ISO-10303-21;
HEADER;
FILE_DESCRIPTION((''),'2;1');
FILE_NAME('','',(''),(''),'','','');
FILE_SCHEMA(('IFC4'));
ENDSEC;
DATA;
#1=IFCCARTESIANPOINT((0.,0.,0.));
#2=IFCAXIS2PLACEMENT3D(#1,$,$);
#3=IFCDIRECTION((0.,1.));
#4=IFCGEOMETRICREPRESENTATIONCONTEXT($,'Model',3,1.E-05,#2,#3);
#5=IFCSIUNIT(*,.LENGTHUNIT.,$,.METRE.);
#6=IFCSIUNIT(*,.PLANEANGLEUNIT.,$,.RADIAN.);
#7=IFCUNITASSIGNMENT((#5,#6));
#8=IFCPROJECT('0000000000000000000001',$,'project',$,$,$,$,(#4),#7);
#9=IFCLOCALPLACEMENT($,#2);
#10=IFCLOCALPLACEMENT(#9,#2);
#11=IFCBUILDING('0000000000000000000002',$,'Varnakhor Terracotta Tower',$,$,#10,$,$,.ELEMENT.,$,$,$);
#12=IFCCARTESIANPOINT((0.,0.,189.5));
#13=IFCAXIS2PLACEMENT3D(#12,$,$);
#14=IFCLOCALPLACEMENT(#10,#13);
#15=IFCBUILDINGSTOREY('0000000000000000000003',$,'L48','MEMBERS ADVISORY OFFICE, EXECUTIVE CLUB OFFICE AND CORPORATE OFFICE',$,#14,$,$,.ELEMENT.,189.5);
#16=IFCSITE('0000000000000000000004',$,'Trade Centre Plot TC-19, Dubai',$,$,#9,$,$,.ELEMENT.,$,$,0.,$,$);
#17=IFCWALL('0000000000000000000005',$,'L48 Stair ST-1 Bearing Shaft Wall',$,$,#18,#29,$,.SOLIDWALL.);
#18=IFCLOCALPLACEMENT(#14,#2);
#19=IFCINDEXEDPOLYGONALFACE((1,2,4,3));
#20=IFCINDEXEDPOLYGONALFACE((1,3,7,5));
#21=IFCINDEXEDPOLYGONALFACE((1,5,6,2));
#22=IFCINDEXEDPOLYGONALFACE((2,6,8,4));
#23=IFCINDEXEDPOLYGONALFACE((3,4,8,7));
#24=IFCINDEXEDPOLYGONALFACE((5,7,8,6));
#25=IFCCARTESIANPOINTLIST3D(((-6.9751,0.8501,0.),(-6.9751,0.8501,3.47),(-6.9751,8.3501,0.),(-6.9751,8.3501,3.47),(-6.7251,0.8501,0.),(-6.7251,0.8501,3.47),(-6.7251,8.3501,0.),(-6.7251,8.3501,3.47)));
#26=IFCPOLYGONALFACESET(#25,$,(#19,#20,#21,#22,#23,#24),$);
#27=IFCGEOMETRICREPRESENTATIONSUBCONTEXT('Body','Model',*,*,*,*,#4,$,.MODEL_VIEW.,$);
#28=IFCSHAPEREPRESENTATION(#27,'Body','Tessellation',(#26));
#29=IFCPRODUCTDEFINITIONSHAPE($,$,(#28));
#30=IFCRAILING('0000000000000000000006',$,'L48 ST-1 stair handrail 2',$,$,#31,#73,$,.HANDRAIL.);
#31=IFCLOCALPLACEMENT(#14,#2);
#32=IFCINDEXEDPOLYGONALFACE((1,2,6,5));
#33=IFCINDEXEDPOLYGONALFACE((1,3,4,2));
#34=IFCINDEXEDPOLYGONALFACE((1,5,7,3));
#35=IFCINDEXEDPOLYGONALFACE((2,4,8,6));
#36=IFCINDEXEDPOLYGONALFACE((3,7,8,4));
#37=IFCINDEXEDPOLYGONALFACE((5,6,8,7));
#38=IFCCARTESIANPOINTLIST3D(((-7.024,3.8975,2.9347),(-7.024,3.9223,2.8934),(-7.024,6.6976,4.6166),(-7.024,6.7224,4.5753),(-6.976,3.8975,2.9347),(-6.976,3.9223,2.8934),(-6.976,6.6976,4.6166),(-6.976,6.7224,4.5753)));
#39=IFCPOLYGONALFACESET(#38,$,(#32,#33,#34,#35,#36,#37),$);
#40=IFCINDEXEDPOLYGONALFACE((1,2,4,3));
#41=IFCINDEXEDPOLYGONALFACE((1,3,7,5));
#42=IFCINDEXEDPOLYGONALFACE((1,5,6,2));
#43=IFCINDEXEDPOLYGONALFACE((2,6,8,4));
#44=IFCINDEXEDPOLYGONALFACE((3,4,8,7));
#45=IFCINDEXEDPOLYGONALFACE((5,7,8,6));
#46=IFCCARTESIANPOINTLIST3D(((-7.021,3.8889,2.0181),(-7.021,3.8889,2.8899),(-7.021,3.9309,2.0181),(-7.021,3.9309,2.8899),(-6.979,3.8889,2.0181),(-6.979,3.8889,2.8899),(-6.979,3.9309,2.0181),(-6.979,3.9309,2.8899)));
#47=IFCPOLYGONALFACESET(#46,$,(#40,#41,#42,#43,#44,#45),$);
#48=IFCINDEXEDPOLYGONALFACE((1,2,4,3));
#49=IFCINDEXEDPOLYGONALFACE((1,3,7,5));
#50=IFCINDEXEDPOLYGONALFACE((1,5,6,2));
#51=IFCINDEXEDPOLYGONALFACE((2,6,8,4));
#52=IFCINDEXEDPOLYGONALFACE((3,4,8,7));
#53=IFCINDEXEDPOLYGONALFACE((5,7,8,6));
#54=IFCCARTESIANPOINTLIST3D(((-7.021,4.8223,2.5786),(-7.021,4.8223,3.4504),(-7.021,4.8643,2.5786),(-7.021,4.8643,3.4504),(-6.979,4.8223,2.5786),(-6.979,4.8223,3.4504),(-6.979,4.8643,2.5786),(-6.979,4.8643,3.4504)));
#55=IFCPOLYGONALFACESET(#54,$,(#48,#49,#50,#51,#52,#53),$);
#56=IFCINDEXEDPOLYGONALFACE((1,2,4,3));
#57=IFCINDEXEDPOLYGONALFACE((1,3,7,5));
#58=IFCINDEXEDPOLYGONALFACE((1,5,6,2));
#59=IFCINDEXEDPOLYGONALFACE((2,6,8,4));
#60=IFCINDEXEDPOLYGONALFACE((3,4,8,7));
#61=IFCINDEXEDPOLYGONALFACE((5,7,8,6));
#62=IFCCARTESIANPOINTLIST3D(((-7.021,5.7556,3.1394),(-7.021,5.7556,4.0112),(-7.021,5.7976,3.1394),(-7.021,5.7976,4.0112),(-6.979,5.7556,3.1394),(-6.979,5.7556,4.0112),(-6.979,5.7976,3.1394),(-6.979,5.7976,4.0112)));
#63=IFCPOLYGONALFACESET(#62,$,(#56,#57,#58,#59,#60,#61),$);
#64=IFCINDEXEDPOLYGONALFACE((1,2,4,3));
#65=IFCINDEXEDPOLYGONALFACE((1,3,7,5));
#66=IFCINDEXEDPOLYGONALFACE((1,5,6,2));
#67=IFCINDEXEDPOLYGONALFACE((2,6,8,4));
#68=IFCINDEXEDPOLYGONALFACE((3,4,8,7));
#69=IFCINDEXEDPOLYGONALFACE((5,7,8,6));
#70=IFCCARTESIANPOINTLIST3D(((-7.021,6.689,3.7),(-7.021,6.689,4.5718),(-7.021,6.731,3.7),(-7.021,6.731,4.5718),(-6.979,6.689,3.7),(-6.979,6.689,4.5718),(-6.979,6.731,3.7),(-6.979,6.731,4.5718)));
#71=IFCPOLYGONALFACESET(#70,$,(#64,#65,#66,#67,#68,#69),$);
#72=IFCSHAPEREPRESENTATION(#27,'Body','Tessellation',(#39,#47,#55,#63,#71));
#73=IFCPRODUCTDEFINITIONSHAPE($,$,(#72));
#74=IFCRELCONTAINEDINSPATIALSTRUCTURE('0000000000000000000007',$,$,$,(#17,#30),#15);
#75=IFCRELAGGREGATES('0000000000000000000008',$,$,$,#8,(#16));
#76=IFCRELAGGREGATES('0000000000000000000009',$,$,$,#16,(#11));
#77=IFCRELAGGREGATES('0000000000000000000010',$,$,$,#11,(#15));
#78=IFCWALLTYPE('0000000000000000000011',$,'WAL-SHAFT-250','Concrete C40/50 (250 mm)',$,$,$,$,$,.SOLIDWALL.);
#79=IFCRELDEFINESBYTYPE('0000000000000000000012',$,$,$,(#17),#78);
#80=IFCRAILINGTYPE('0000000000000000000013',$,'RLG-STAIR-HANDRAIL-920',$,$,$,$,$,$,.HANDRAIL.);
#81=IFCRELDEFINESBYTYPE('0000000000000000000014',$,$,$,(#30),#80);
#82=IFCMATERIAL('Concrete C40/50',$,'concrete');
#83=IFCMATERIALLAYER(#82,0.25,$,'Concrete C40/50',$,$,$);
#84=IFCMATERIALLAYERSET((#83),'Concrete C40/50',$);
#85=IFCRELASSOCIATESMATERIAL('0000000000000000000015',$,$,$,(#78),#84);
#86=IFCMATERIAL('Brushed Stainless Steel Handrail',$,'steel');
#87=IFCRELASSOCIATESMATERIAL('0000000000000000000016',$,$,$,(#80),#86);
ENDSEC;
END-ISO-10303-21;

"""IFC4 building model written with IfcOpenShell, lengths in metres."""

from ifc_helpers import new_model, si_unit, direction, frame, frame_2d, origin, origin_2d, place, context, subcontext, project, spatial, rectangle, extrude, material, layer, layer_set, type_object, element, save


model = new_model("IFC4")

# Units and contexts
model_context = context("Model", 3, precision=1e-05, world=origin(), true_north=direction((0.0, 1.0)))
body_context = subcontext(model_context, "Body", "Model", "MODEL_VIEW")
ifc_project = project(units=[si_unit("LENGTHUNIT", "METRE"), si_unit("PLANEANGLEUNIT", "RADIAN")], contexts=[model_context])

# Site, building, storey
site_placement = place(None, origin())
site = spatial("IfcSite", under=ifc_project, at=site_placement, Name="Trade Centre Plot TC-19, Dubai", CompositionType="ELEMENT", RefElevation=0.0)
building_placement = place(site_placement, origin())
building = spatial("IfcBuilding", under=site, at=building_placement, Name="Varnakhor Terracotta Tower", CompositionType="ELEMENT")
storey_placement = place(building_placement, frame((0.0, 0.0, 189.5)))
storey = spatial("IfcBuildingStorey", under=building, at=storey_placement, Name="L48", Description="MEMBERS ADVISORY OFFICE, EXECUTIVE CLUB OFFICE AND CORPORATE OFFICE", CompositionType="ELEMENT", Elevation=189.5)

# Shared definitions
ifc_material_1 = material(Name="Concrete C40/50", Category="concrete")

# Wall
ifc_layer_1 = layer(ifc_material_1, 0.25, Name="Concrete C40/50")
ifc_layer_set_1 = layer_set([ifc_layer_1], Name="Concrete C40/50")
wall_type_1 = type_object("IfcWallType", Name="WAL-SHAFT-250", Description="Concrete C40/50 (250 mm)", PredefinedType="SOLIDWALL", material=ifc_layer_set_1)
wall_1_placement = place(storey_placement, frame((-6.8501, 0.8501, 0.0), z_axis=(0.0, 0.0, 1.0), x_axis=(0.0, 1.0, 0.0)))
element("IfcWall", 1, at=wall_1_placement, inside=storey, type_object=wall_type_1, Name="L48 Stair ST-1 Bearing Shaft Wall", PredefinedType="SOLIDWALL", context=body_context, shape_type="SweptSolid", body=[
    extrude(rectangle(XDim=7.5, YDim=0.25, at=frame_2d((3.75, 0.0))), origin(), (0.0, 0.0, 1.0), 3.47),
])

# Railing
ifc_material_2 = material(Name="Brushed Stainless Steel Handrail", Category="steel")
railing_type = type_object("IfcRailingType", Name="RLG-STAIR-HANDRAIL-920", PredefinedType="HANDRAIL", material=ifc_material_2)
railing_placement = place(storey_placement, frame((-7.0, 3.9099, 2.0181)))
element("IfcRailing", 2, at=railing_placement, inside=storey, type_object=railing_type, Name="L48 ST-1 stair handrail 2", PredefinedType="HANDRAIL", context=body_context, shape_type="SweptSolid", body=[
    extrude(rectangle(XDim=0.0481, YDim=0.0481, at=origin_2d()), frame((0.0, 0.0, 0.896), z_axis=(0.0, 0.857242, 0.514913), x_axis=(-1.0, 0.0, 0.0)), (0.0, 0.0, 1.0), 3.2664),
    extrude(rectangle(XDim=0.042, YDim=0.042, at=origin_2d()), origin(), (0.0, 0.0, 1.0), 0.8718),
    extrude(rectangle(XDim=0.042, YDim=0.042, at=origin_2d()), frame((0.0, 0.9333, 0.5605)), (0.0, 0.0, 1.0), 0.8718),
    extrude(rectangle(XDim=0.042, YDim=0.042, at=origin_2d()), frame((0.0, 1.8667, 1.1213)), (0.0, 0.0, 1.0), 0.8718),
    extrude(rectangle(XDim=0.042, YDim=0.042, at=origin_2d()), frame((0.0, 2.8, 1.6819)), (0.0, 0.0, 1.0), 0.8718),
])

save(model, "model.ifc")
